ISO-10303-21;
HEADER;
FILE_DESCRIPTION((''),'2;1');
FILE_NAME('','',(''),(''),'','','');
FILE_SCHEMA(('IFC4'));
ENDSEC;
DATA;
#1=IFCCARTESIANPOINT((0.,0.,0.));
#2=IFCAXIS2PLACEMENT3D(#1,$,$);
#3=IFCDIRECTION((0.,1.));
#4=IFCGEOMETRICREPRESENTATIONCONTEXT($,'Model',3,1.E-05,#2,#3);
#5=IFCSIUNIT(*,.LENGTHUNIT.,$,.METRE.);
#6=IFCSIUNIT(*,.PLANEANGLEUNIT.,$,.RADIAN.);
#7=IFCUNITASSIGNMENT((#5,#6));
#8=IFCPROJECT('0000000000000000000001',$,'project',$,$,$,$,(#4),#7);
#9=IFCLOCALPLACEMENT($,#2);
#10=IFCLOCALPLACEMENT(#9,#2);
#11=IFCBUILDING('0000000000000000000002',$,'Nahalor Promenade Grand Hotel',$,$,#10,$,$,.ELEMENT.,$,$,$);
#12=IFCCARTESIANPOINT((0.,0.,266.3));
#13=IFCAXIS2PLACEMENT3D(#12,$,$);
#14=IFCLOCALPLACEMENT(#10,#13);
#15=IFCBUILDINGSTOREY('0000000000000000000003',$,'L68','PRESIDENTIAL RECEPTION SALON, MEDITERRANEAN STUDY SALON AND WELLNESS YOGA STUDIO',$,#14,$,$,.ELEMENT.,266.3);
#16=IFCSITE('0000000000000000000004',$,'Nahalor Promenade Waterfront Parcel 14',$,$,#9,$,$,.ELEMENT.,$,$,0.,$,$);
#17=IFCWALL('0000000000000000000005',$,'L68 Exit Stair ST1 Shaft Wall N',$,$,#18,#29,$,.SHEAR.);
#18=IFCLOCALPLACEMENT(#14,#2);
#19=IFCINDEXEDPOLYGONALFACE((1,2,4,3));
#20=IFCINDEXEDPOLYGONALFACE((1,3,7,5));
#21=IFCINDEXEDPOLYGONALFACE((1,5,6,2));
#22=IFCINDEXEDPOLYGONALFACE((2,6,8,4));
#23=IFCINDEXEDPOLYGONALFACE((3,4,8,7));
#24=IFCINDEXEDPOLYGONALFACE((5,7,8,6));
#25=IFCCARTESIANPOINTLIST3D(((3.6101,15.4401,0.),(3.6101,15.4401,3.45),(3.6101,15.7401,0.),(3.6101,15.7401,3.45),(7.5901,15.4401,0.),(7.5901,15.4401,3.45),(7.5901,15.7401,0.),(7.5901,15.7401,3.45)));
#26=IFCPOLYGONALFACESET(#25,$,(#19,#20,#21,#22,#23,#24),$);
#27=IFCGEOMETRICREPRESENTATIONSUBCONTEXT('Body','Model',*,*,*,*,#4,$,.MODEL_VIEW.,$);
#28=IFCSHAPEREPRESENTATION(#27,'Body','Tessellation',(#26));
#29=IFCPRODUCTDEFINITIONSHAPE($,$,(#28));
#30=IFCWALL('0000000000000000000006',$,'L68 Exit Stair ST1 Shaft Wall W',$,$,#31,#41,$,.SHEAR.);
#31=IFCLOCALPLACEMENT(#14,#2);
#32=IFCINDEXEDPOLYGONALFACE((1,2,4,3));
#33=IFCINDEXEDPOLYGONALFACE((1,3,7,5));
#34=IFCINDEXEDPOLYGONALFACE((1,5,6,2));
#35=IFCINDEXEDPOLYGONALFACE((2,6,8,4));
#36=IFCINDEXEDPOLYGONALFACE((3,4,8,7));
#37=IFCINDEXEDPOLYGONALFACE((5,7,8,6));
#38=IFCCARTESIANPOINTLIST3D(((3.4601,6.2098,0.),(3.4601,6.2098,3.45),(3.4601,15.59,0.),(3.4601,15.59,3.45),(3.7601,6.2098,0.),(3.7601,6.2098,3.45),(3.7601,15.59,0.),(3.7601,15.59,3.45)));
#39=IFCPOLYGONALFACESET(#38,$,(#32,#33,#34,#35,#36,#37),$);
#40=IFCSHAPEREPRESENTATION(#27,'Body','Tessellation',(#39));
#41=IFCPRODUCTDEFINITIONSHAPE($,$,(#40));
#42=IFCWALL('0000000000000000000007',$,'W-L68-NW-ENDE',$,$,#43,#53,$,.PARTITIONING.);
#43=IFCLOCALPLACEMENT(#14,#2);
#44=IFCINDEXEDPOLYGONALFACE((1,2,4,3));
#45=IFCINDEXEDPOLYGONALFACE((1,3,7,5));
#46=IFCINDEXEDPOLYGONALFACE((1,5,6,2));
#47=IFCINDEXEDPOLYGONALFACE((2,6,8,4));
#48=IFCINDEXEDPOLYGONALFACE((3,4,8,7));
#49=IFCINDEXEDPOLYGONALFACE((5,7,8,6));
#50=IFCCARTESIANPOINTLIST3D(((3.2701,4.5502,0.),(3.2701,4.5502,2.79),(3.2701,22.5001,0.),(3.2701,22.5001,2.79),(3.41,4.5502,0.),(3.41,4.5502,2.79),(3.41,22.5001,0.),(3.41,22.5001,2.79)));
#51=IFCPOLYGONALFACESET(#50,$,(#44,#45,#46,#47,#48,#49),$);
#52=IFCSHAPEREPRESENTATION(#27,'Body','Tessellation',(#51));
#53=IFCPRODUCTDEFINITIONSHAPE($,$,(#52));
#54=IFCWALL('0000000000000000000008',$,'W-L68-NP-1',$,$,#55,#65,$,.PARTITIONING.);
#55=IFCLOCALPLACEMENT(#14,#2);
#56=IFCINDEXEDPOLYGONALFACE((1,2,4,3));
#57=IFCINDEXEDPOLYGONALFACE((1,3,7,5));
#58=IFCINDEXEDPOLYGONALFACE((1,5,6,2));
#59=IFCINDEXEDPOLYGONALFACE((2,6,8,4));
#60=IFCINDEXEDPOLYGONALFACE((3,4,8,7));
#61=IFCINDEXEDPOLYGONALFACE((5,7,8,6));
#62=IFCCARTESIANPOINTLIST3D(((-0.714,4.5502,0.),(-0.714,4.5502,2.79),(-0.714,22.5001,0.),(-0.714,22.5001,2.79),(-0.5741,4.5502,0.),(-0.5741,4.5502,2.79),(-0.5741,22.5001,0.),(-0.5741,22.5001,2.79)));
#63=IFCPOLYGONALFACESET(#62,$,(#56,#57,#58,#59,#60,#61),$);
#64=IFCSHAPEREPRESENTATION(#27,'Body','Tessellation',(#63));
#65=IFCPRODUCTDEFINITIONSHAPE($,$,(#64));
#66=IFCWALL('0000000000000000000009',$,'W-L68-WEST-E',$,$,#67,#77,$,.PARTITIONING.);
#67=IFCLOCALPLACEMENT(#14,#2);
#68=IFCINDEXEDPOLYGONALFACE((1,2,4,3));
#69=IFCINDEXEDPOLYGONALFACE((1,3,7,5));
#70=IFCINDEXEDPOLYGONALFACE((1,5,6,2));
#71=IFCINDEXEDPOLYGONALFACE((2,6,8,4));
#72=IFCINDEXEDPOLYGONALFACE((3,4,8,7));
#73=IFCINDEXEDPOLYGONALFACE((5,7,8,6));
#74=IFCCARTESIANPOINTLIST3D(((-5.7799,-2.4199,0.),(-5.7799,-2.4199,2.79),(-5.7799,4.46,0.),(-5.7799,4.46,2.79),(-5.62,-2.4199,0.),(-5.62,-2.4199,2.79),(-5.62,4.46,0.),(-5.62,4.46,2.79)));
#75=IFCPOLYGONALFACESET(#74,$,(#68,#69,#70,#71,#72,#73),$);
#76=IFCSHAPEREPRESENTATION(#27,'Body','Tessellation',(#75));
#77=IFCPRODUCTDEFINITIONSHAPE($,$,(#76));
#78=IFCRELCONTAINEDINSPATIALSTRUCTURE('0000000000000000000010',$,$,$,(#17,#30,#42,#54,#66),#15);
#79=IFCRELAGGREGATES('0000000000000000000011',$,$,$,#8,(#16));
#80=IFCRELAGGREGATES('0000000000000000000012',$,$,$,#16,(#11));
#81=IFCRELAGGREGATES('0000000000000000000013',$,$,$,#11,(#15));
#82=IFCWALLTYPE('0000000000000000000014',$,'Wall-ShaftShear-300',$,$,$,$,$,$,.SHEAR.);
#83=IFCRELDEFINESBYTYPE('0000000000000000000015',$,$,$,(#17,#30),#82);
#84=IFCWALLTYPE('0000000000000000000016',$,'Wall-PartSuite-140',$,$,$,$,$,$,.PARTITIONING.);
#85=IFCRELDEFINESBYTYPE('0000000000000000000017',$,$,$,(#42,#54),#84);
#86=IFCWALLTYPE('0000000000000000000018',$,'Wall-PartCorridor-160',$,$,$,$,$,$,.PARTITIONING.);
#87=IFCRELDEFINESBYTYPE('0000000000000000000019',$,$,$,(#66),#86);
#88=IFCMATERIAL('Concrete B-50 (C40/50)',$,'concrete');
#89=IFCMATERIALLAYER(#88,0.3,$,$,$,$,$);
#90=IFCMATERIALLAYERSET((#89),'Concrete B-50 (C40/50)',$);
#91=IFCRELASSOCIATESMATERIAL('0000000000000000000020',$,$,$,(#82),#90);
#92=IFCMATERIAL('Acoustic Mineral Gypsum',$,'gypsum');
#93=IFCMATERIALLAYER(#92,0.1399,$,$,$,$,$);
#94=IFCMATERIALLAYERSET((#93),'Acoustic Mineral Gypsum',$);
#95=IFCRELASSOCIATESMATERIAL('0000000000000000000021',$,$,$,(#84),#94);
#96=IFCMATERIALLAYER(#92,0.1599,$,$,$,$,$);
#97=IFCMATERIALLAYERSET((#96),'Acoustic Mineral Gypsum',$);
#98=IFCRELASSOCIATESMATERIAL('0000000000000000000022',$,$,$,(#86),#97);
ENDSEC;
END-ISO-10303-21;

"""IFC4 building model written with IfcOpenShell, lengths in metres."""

from ifc_helpers import new_model, si_unit, direction, frame, frame_2d, origin, place, context, subcontext, project, spatial, rectangle, extrude, source, transform, mapped, material, layer, layer_set, type_object, element, save


model = new_model("IFC4")

# Units and contexts
model_context = context("Model", 3, precision=1e-05, world=origin(), true_north=direction((0.0, 1.0)))
body_context = subcontext(model_context, "Body", "Model", "MODEL_VIEW")
ifc_project = project(units=[si_unit("LENGTHUNIT", "METRE"), si_unit("PLANEANGLEUNIT", "RADIAN")], contexts=[model_context])

# Site, building, storey
site_placement = place(None, origin())
site = spatial("IfcSite", under=ifc_project, at=site_placement, Name="Nahalor Promenade Waterfront Parcel 14", CompositionType="ELEMENT", RefElevation=0.0)
building_placement = place(site_placement, origin())
building = spatial("IfcBuilding", under=site, at=building_placement, Name="Nahalor Promenade Grand Hotel", CompositionType="ELEMENT")
storey_placement = place(building_placement, frame((0.0, 0.0, 266.3)))
storey = spatial("IfcBuildingStorey", under=building, at=storey_placement, Name="L68", Description="PRESIDENTIAL RECEPTION SALON, MEDITERRANEAN STUDY SALON AND WELLNESS YOGA STUDIO", CompositionType="ELEMENT", Elevation=266.3)

# Shared definitions
ifc_material_1 = material(Name="Concrete B-50 (C40/50)", Category="concrete")

# Walls
ifc_layer_1 = layer(ifc_material_1, 0.3)
ifc_layer_set_1 = layer_set([ifc_layer_1], Name="Concrete B-50 (C40/50)")
wall_type_1 = type_object("IfcWallType", Name="Wall-ShaftShear-300", PredefinedType="SHEAR", material=ifc_layer_set_1)
shared_shape_1 = source(origin(), body_context, "Body", "SweptSolid", [
    extrude(rectangle(XDim=3.98, YDim=0.3, at=frame_2d((1.99, 0.0))), origin(), (0.0, 0.0, 1.0), 3.45),
])
for number, where, z_axis, x_axis, name in (
    (1, (3.6101, 15.5901, 0.0), (0.0, 0.0, 1.0), (1.0, 0.0, 0.0), "L68 Exit Stair ST1 Shaft Wall N"),
):
    element("IfcWall", number, at=place(storey_placement, frame(where, z_axis=z_axis, x_axis=x_axis)), inside=storey, type_object=wall_type_1, Name=name, PredefinedType="SHEAR", context=body_context, shape_type="MappedRepresentation", body=[
        mapped(shared_shape_1, transform((0.0, 0.0, 0.0), scale=1.0)),
    ])
shared_shape_2 = source(origin(), body_context, "Body", "SweptSolid", [
    extrude(rectangle(XDim=9.3801, YDim=0.3, at=frame_2d((4.6899, 0.0))), origin(), (0.0, 0.0, 1.0), 3.45),
])
wall_1_placement = place(storey_placement, frame((3.6101, 6.21, 0.0), z_axis=(0.0, 0.0, 1.0), x_axis=(0.0, 1.0, 0.0)))
element("IfcWall", 2, at=wall_1_placement, inside=storey, type_object=wall_type_1, Name="L68 Exit Stair ST1 Shaft Wall W", PredefinedType="SHEAR", context=body_context, shape_type="MappedRepresentation", body=[
    mapped(shared_shape_2, transform((0.0, 0.0, 0.0), scale=1.0)),
])
ifc_material_2 = material(Name="Acoustic Mineral Gypsum", Category="gypsum")
ifc_layer_2 = layer(ifc_material_2, 0.1399)
ifc_layer_set_2 = layer_set([ifc_layer_2], Name="Acoustic Mineral Gypsum")
wall_type_2 = type_object("IfcWallType", Name="Wall-PartSuite-140", PredefinedType="PARTITIONING", material=ifc_layer_set_2)
shared_shape_3 = source(origin(), body_context, "Body", "SweptSolid", [
    extrude(rectangle(XDim=17.95, YDim=0.1399, at=frame_2d((8.9751, 0.0))), origin(), (0.0, 0.0, 1.0), 2.79),
])
for number, where, z_axis, x_axis, name in (
    (3, (3.3401, 4.55, 0.0), (0.0, 0.0, 1.0), (0.0, 1.0, 0.0), "W-L68-NW-ENDE"),
    (4, (-0.644, 4.55, 0.0), (0.0, 0.0, 1.0), (0.0, 1.0, 0.0), "W-L68-NP-1"),
):
    element("IfcWall", number, at=place(storey_placement, frame(where, z_axis=z_axis, x_axis=x_axis)), inside=storey, type_object=wall_type_2, Name=name, PredefinedType="PARTITIONING", context=body_context, shape_type="MappedRepresentation", body=[
        mapped(shared_shape_3, transform((0.0, 0.0, 0.0), scale=1.0)),
    ])

# Shared definitions
ifc_layer_3 = layer(ifc_material_2, 0.1599)
ifc_layer_set_3 = layer_set([ifc_layer_3], Name="Acoustic Mineral Gypsum")
wall_type_3 = type_object("IfcWallType", Name="Wall-PartCorridor-160", PredefinedType="PARTITIONING", material=ifc_layer_set_3)

# Wall
shared_shape_4 = source(origin(), body_context, "Body", "SweptSolid", [
    extrude(rectangle(XDim=6.8799, YDim=0.1599, at=frame_2d((3.4399, 0.0))), origin(), (0.0, 0.0, 1.0), 2.79),
])
wall_2_placement = place(storey_placement, frame((-5.7, -2.4199, 0.0), z_axis=(0.0, 0.0, 1.0), x_axis=(0.0, 1.0, 0.0)))
element("IfcWall", 5, at=wall_2_placement, inside=storey, type_object=wall_type_3, Name="W-L68-WEST-E", PredefinedType="PARTITIONING", context=body_context, shape_type="MappedRepresentation", body=[
    mapped(shared_shape_4, transform((0.0, 0.0, 0.0), scale=1.0)),
])

save(model, "model.ifc")
